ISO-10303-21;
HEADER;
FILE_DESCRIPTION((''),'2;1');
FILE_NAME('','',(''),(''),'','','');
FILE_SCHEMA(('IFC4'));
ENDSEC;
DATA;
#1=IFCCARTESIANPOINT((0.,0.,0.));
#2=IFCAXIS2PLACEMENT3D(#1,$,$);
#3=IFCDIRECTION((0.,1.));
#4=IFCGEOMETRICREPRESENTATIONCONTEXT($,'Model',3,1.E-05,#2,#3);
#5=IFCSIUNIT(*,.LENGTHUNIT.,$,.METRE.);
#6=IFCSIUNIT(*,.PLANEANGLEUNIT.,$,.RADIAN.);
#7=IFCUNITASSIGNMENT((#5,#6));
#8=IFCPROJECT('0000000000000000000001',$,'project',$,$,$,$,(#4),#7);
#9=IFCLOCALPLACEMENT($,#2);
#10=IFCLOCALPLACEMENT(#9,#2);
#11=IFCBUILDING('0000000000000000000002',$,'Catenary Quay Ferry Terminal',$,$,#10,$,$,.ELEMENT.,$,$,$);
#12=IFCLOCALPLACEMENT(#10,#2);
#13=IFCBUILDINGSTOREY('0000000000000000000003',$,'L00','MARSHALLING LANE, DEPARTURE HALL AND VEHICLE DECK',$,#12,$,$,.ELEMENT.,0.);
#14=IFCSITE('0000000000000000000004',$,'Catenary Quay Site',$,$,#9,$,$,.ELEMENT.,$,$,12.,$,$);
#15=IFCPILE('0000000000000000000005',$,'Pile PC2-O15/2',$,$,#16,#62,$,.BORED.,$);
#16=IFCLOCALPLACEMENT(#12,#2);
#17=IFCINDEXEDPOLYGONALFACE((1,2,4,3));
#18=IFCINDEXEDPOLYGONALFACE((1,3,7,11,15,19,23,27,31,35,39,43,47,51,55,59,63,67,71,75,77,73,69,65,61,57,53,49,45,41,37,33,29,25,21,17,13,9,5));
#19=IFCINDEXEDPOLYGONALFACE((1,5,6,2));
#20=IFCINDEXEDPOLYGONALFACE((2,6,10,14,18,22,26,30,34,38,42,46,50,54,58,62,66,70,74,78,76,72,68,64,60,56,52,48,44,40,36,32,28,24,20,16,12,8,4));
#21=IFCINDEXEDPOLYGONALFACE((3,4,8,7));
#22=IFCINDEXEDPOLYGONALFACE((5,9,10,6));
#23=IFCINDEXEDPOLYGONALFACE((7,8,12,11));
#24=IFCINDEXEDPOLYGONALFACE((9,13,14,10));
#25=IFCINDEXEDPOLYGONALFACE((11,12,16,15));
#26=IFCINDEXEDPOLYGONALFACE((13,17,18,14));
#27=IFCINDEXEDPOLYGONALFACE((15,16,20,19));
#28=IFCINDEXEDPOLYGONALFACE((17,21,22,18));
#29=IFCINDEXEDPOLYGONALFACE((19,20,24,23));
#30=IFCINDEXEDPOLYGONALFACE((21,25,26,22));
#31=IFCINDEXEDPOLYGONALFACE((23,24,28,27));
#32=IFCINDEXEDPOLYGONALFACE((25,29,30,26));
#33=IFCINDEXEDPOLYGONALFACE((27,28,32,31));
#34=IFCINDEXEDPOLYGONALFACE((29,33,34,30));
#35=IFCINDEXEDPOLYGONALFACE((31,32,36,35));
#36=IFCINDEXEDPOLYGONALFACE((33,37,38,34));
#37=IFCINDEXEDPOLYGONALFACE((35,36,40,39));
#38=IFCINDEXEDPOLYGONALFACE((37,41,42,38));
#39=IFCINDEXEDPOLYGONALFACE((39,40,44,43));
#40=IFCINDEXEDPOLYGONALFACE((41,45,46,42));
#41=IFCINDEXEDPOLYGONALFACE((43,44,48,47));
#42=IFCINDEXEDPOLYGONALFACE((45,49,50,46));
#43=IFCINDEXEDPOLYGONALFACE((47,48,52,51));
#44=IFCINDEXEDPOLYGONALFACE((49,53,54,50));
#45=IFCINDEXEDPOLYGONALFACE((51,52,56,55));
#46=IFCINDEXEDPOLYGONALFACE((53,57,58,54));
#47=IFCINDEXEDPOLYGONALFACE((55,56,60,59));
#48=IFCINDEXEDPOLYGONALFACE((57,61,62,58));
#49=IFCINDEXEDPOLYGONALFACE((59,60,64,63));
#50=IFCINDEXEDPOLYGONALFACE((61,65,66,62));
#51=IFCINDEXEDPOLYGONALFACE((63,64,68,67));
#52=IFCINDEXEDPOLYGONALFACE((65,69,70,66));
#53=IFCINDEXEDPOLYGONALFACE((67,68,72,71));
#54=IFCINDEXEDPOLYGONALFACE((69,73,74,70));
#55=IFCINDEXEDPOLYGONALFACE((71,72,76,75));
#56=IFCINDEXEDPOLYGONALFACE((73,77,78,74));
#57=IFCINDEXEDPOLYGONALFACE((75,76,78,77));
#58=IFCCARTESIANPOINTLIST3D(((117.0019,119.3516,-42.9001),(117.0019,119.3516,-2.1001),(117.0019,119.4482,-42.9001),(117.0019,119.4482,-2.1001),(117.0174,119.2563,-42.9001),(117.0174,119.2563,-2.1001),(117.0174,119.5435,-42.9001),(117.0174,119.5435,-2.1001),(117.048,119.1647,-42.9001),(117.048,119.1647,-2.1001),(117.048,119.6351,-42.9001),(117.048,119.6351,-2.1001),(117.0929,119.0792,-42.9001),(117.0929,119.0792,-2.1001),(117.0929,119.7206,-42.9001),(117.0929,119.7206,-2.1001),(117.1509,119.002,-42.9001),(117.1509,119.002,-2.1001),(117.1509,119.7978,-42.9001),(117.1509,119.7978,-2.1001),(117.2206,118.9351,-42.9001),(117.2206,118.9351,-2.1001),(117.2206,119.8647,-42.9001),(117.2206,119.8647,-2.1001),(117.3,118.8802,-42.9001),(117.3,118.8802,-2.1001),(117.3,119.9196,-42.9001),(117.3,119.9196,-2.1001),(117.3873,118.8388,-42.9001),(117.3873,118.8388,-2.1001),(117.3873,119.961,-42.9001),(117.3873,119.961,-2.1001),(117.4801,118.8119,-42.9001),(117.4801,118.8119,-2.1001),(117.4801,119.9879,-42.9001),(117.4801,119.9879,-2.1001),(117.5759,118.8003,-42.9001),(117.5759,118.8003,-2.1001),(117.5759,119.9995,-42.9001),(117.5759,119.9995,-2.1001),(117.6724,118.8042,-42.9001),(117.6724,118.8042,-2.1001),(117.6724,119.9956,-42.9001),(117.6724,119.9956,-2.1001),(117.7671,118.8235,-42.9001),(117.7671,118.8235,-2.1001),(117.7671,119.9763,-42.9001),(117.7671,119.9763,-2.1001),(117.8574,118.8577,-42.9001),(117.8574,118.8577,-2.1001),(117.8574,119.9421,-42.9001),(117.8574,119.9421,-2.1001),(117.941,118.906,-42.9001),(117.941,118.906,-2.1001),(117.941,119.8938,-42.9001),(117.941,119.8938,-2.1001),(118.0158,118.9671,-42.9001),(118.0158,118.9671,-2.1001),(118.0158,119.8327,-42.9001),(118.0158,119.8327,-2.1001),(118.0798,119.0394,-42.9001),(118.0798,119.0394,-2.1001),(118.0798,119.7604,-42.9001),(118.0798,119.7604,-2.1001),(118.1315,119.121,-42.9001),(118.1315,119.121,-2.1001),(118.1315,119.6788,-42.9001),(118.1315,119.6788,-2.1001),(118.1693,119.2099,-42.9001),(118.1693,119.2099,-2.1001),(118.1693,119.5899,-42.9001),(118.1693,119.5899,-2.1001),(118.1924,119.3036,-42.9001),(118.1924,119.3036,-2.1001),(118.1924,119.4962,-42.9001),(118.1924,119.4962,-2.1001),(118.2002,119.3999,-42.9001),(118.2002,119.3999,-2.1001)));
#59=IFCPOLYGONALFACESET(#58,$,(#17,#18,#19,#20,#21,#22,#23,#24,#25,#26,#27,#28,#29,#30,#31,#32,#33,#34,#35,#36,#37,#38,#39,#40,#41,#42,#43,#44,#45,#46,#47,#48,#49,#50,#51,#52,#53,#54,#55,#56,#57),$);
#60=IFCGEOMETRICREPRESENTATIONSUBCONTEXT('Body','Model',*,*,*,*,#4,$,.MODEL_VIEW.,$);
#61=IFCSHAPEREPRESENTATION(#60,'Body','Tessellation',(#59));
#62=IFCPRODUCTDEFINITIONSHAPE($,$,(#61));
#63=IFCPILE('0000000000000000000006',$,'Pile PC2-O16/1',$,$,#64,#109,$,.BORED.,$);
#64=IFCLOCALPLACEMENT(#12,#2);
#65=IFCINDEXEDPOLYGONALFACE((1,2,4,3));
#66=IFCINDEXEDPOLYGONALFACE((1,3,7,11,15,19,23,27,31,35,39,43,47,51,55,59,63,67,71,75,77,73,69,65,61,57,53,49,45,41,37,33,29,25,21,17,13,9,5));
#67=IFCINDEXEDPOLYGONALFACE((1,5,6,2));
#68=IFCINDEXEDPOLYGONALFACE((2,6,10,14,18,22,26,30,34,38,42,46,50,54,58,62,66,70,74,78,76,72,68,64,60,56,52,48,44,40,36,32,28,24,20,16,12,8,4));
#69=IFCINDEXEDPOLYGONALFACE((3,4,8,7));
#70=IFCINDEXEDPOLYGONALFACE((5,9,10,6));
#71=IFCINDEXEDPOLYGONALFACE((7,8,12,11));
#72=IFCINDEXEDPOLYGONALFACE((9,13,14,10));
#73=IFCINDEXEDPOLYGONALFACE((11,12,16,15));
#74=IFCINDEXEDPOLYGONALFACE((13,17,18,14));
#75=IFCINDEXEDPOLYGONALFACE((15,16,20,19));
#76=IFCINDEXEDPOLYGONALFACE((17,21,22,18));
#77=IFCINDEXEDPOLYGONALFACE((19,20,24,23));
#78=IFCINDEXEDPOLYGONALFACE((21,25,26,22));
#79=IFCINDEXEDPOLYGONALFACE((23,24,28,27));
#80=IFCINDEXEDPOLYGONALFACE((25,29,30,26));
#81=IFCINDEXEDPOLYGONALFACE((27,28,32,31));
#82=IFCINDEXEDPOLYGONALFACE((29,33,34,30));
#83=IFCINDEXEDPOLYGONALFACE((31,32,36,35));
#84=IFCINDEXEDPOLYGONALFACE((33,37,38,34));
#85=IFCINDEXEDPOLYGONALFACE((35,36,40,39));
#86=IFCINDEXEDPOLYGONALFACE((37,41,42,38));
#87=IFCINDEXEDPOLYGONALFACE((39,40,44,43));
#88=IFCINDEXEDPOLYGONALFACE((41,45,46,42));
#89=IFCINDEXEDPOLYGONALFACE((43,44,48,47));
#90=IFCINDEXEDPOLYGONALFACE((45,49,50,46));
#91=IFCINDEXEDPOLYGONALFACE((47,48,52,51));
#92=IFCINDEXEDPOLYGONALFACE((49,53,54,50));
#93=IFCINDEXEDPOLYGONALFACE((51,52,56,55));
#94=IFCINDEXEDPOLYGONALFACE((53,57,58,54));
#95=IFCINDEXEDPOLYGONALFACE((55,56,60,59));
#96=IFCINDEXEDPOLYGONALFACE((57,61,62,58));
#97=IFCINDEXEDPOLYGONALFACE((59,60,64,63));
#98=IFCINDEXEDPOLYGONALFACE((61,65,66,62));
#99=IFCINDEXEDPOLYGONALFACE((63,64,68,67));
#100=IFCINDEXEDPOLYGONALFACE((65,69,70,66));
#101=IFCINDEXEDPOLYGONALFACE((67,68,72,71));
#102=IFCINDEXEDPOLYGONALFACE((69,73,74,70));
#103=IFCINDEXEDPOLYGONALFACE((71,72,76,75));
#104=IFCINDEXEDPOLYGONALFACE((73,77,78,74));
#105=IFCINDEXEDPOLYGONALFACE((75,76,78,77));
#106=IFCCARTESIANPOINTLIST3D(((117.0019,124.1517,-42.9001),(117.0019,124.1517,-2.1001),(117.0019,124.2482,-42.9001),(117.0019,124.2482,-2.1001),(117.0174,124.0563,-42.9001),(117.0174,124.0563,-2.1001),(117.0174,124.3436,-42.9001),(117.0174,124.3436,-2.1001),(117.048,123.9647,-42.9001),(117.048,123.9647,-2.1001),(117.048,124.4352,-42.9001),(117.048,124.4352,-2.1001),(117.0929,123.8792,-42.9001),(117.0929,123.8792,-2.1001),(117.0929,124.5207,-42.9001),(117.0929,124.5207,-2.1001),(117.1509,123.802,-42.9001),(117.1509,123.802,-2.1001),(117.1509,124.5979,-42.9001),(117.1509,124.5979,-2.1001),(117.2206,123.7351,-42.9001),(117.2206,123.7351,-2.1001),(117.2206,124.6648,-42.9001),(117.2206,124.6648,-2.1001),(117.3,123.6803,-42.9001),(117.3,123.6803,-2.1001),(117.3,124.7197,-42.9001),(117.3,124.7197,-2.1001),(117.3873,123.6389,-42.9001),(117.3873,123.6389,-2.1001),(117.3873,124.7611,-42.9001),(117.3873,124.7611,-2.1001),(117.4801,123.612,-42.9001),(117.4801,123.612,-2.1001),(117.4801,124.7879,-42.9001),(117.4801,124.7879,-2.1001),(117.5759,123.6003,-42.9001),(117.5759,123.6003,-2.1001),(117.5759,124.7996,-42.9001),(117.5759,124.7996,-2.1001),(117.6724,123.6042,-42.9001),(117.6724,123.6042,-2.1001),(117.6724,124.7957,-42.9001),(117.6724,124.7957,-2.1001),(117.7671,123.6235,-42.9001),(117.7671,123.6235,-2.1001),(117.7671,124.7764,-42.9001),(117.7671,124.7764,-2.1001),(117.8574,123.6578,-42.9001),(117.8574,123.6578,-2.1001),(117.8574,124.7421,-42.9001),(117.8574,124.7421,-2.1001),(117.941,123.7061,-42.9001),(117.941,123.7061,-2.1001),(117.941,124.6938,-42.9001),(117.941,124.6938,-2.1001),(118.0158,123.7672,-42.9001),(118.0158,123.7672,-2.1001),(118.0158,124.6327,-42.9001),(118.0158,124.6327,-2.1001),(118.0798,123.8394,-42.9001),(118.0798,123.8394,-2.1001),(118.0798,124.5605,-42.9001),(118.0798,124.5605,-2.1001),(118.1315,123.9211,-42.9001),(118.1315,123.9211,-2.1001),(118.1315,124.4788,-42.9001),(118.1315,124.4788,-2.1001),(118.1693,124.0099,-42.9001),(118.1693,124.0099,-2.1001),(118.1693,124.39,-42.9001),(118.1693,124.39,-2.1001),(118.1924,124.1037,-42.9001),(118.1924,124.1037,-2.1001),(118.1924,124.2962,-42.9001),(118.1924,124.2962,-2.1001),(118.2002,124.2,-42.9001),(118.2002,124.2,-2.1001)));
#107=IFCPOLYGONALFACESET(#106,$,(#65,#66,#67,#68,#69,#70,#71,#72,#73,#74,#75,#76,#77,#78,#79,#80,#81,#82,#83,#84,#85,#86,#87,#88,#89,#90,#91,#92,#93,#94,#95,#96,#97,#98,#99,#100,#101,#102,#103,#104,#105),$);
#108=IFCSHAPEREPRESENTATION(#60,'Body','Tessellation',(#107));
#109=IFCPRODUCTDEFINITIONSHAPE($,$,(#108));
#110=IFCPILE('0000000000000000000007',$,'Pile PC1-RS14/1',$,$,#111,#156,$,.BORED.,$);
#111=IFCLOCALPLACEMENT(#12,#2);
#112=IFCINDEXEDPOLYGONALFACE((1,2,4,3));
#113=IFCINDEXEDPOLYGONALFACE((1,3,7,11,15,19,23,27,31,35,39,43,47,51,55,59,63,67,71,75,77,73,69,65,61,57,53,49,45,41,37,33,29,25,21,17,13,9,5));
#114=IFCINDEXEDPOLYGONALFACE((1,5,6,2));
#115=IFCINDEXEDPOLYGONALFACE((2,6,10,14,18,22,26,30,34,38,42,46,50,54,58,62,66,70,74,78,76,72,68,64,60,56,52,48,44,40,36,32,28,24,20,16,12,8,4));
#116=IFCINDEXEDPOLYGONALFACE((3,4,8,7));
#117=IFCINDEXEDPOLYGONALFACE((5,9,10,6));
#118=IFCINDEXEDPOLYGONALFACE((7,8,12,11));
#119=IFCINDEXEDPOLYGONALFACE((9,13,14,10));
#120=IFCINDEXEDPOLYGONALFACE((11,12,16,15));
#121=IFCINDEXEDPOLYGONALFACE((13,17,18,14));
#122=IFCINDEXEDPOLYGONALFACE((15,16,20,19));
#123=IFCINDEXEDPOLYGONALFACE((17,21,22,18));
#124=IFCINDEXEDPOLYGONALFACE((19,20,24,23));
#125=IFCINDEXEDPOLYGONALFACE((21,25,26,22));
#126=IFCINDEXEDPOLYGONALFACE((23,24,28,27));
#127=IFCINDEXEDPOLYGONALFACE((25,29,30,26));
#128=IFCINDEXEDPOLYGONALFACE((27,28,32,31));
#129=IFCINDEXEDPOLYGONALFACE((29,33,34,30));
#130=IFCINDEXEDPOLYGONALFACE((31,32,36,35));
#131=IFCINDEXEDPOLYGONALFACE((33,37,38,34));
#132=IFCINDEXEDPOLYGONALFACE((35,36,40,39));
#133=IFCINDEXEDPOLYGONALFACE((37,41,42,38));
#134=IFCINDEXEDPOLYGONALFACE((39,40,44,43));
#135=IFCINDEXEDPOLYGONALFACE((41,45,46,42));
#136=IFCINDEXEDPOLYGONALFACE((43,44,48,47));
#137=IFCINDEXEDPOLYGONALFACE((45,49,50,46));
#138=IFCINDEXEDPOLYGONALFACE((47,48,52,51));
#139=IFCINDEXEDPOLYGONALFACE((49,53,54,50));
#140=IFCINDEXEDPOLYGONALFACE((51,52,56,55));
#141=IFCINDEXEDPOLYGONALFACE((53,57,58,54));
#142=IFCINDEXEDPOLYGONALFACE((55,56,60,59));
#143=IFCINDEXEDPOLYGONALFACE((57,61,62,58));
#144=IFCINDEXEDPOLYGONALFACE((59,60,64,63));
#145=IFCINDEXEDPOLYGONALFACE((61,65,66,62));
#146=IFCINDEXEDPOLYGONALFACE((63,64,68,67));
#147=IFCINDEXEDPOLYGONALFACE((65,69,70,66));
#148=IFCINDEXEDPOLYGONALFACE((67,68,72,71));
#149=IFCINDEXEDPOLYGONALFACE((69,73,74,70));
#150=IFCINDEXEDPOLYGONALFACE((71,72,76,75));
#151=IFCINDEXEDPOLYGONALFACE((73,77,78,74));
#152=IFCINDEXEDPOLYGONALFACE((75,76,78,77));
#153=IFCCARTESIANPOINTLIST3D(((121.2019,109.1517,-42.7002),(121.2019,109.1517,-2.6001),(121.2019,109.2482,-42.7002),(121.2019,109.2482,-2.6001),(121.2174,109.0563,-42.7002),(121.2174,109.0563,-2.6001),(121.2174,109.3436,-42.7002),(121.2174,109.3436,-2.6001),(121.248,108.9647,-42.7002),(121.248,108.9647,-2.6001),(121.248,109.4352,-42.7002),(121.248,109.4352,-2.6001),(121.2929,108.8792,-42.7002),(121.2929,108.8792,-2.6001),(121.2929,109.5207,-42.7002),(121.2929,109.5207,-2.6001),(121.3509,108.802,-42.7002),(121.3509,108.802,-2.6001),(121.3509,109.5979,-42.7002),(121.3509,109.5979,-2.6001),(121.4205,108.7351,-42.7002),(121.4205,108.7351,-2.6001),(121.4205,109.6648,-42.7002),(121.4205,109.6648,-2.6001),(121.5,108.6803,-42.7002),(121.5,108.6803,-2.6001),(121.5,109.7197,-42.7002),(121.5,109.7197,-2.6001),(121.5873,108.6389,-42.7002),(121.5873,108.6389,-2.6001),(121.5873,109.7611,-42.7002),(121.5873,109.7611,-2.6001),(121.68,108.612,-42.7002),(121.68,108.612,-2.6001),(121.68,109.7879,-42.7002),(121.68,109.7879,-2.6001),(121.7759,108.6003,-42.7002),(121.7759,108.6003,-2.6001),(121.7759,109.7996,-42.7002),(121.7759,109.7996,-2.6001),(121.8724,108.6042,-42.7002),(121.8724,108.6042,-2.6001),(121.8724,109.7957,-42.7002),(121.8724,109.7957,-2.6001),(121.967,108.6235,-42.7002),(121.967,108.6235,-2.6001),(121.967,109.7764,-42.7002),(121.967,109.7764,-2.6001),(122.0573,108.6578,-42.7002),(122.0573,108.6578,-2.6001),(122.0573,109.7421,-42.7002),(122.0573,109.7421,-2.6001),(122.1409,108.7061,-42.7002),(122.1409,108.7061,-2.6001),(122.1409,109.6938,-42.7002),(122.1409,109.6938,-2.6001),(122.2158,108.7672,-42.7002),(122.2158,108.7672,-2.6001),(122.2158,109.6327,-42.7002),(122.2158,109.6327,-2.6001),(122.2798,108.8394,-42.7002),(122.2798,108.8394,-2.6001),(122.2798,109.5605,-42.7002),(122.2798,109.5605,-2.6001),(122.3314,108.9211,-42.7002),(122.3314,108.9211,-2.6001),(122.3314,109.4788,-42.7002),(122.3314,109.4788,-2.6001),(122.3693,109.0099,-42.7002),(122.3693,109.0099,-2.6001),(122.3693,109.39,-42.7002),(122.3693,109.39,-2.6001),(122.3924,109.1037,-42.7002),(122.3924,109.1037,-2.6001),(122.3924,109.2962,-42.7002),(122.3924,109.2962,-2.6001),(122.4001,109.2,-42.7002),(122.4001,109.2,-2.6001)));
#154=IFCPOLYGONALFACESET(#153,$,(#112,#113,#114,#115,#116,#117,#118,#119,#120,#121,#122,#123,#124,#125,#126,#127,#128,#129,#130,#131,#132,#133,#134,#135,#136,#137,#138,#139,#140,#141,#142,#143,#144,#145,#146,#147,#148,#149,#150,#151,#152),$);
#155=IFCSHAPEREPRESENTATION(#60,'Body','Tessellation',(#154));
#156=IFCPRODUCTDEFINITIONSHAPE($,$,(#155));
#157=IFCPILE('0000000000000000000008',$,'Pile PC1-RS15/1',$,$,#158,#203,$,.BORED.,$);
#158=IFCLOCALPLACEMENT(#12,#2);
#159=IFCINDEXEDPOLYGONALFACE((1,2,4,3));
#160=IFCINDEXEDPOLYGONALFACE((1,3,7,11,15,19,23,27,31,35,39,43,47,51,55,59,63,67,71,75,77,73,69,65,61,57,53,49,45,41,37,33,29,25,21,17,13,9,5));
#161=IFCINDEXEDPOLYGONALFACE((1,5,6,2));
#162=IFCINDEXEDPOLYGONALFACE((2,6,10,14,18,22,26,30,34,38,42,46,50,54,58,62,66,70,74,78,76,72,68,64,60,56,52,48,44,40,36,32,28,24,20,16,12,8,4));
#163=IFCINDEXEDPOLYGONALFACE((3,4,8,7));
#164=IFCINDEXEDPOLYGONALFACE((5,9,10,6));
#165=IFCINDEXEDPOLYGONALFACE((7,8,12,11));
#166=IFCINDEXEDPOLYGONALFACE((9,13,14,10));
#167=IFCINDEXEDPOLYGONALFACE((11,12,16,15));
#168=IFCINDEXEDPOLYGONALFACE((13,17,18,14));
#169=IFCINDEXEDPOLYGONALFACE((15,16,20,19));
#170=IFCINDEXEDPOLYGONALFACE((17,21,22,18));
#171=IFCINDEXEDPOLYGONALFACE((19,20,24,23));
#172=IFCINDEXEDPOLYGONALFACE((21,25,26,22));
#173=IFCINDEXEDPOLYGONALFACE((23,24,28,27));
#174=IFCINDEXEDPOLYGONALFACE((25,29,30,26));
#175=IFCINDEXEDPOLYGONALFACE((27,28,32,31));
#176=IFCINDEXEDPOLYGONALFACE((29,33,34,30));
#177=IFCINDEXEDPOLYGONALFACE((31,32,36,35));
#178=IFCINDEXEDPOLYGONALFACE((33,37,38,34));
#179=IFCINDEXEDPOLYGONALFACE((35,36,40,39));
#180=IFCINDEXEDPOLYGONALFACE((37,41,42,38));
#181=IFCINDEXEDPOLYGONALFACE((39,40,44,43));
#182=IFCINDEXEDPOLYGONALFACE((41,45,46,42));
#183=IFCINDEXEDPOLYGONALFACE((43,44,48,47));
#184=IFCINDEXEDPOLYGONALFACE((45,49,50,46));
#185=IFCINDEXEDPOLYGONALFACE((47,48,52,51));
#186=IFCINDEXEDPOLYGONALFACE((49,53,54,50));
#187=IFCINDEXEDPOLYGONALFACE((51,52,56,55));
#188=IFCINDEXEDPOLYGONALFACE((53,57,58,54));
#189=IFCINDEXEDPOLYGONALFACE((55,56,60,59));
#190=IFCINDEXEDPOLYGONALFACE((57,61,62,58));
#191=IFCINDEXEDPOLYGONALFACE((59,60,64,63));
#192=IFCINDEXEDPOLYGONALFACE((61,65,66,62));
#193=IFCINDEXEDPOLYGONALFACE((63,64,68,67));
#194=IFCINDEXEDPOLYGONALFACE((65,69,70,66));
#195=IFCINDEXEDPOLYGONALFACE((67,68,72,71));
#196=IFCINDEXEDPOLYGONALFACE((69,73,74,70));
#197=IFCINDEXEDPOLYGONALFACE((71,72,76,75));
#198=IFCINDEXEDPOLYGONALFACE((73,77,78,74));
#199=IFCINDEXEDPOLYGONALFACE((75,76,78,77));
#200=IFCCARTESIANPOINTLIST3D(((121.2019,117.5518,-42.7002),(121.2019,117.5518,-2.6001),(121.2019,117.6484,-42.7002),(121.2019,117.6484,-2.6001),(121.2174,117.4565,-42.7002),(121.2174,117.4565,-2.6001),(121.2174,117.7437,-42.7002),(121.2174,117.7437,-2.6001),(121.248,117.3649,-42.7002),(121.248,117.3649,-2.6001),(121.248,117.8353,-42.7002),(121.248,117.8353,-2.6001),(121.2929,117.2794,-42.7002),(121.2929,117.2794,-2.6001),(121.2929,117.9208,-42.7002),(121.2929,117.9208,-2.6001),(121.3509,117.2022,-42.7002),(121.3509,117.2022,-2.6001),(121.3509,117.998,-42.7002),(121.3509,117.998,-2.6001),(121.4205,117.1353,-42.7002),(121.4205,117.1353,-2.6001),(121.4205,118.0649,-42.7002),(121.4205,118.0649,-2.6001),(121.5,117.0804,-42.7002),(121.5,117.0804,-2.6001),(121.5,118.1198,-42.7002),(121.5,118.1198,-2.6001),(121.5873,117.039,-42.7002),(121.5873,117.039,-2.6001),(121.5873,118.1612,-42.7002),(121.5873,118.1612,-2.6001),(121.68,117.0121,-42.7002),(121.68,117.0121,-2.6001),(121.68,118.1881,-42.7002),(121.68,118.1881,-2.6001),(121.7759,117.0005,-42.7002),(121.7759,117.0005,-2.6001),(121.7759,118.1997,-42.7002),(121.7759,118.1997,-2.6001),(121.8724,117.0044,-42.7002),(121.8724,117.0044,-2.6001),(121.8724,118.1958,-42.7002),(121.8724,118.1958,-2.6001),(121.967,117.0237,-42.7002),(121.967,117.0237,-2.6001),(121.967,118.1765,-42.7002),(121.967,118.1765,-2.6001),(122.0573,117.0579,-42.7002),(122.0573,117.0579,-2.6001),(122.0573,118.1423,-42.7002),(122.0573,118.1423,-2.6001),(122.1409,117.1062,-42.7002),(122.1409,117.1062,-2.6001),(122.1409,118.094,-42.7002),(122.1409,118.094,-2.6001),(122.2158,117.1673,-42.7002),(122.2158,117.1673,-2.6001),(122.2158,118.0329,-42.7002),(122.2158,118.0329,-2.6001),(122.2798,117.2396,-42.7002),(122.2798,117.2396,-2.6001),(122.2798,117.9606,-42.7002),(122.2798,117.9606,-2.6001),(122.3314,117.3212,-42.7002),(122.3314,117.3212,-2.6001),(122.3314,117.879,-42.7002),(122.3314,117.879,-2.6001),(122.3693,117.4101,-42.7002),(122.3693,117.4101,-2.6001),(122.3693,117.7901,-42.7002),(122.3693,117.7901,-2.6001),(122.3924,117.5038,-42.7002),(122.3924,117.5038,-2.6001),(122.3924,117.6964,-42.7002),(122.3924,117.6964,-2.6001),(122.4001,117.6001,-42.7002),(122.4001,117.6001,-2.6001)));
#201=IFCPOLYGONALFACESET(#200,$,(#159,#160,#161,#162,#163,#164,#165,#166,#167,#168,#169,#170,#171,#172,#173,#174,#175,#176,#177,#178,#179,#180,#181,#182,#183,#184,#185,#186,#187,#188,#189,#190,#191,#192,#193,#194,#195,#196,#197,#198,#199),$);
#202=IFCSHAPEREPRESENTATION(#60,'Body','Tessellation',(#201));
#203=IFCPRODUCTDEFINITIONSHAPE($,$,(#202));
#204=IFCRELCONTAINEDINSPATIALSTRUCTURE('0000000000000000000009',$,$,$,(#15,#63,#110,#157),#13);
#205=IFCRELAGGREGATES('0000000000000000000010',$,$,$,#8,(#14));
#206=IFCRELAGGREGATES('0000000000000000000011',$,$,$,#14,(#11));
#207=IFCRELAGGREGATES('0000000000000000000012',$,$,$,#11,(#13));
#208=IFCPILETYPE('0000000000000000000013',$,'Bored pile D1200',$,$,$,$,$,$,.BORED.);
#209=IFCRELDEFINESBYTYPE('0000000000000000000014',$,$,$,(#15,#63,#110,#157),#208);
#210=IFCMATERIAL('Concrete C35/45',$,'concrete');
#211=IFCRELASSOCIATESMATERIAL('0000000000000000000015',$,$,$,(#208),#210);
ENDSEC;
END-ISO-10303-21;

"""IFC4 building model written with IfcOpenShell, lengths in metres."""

from ifc_helpers import new_model, si_unit, direction, frame, origin, origin_2d, place, context, subcontext, project, spatial, circle, extrude, material, material_profile, profile_set, type_object, element, save


model = new_model("IFC4")

# Units and contexts
model_context = context("Model", 3, precision=1e-05, world=origin(), true_north=direction((0.0, 1.0)))
body_context = subcontext(model_context, "Body", "Model", "MODEL_VIEW")
ifc_project = project(units=[si_unit("LENGTHUNIT", "METRE"), si_unit("PLANEANGLEUNIT", "RADIAN")], contexts=[model_context])

# Site, building, storey
site_placement = place(None, origin())
site = spatial("IfcSite", under=ifc_project, at=site_placement, Name="Catenary Quay Site", CompositionType="ELEMENT", RefElevation=12.0)
building_placement = place(site_placement, origin())
building = spatial("IfcBuilding", under=site, at=building_placement, Name="Catenary Quay Ferry Terminal", CompositionType="ELEMENT")
storey_placement = place(building_placement, origin())
storey = spatial("IfcBuildingStorey", under=building, at=storey_placement, Name="L00", Description="MARSHALLING LANE, DEPARTURE HALL AND VEHICLE DECK", CompositionType="ELEMENT", Elevation=0.0)

# Piles
ifc_material_1 = material(Name="Concrete C35/45", Category="concrete")
ifc_material_profile = material_profile(ifc_material_1, circle(Radius=0.6001, at=origin_2d()), Name="D1200")
ifc_profile_set = profile_set([ifc_material_profile], Name="Concrete C35/45")
pile_type = type_object("IfcPileType", Name="Bored pile D1200", PredefinedType="BORED", material=ifc_profile_set)
for number, where, z_axis, x_axis, name in (
    (1, (117.6001, 119.3999, -2.1001), (0.0, 0.0, -1.0), (1.0, 0.0, 0.0), "Pile PC2-O15/2"),
    (2, (117.6001, 124.2, -2.1001), (0.0, 0.0, -1.0), (1.0, 0.0, 0.0), "Pile PC2-O16/1"),
):
    element("IfcPile", number, at=place(storey_placement, frame(where, z_axis=z_axis, x_axis=x_axis)), inside=storey, type_object=pile_type, Name=name, PredefinedType="BORED", context=body_context, shape_type="SweptSolid", body=[
        extrude(circle(Radius=0.6001, at=origin_2d()), origin(), (0.0, 0.0, 1.0), 40.8),
    ])
for number, where, z_axis, x_axis, name in (
    (3, (121.8, 109.2, -2.6001), (0.0, 0.0, -1.0), (1.0, 0.0, 0.0), "Pile PC1-RS14/1"),
    (4, (121.8, 117.6001, -2.6001), (0.0, 0.0, -1.0), (1.0, 0.0, 0.0), "Pile PC1-RS15/1"),
):
    element("IfcPile", number, at=place(storey_placement, frame(where, z_axis=z_axis, x_axis=x_axis)), inside=storey, type_object=pile_type, Name=name, PredefinedType="BORED", context=body_context, shape_type="SweptSolid", body=[
        extrude(circle(Radius=0.6001, at=origin_2d()), origin(), (0.0, 0.0, 1.0), 40.1001),
    ])

save(model, "model.ifc")
